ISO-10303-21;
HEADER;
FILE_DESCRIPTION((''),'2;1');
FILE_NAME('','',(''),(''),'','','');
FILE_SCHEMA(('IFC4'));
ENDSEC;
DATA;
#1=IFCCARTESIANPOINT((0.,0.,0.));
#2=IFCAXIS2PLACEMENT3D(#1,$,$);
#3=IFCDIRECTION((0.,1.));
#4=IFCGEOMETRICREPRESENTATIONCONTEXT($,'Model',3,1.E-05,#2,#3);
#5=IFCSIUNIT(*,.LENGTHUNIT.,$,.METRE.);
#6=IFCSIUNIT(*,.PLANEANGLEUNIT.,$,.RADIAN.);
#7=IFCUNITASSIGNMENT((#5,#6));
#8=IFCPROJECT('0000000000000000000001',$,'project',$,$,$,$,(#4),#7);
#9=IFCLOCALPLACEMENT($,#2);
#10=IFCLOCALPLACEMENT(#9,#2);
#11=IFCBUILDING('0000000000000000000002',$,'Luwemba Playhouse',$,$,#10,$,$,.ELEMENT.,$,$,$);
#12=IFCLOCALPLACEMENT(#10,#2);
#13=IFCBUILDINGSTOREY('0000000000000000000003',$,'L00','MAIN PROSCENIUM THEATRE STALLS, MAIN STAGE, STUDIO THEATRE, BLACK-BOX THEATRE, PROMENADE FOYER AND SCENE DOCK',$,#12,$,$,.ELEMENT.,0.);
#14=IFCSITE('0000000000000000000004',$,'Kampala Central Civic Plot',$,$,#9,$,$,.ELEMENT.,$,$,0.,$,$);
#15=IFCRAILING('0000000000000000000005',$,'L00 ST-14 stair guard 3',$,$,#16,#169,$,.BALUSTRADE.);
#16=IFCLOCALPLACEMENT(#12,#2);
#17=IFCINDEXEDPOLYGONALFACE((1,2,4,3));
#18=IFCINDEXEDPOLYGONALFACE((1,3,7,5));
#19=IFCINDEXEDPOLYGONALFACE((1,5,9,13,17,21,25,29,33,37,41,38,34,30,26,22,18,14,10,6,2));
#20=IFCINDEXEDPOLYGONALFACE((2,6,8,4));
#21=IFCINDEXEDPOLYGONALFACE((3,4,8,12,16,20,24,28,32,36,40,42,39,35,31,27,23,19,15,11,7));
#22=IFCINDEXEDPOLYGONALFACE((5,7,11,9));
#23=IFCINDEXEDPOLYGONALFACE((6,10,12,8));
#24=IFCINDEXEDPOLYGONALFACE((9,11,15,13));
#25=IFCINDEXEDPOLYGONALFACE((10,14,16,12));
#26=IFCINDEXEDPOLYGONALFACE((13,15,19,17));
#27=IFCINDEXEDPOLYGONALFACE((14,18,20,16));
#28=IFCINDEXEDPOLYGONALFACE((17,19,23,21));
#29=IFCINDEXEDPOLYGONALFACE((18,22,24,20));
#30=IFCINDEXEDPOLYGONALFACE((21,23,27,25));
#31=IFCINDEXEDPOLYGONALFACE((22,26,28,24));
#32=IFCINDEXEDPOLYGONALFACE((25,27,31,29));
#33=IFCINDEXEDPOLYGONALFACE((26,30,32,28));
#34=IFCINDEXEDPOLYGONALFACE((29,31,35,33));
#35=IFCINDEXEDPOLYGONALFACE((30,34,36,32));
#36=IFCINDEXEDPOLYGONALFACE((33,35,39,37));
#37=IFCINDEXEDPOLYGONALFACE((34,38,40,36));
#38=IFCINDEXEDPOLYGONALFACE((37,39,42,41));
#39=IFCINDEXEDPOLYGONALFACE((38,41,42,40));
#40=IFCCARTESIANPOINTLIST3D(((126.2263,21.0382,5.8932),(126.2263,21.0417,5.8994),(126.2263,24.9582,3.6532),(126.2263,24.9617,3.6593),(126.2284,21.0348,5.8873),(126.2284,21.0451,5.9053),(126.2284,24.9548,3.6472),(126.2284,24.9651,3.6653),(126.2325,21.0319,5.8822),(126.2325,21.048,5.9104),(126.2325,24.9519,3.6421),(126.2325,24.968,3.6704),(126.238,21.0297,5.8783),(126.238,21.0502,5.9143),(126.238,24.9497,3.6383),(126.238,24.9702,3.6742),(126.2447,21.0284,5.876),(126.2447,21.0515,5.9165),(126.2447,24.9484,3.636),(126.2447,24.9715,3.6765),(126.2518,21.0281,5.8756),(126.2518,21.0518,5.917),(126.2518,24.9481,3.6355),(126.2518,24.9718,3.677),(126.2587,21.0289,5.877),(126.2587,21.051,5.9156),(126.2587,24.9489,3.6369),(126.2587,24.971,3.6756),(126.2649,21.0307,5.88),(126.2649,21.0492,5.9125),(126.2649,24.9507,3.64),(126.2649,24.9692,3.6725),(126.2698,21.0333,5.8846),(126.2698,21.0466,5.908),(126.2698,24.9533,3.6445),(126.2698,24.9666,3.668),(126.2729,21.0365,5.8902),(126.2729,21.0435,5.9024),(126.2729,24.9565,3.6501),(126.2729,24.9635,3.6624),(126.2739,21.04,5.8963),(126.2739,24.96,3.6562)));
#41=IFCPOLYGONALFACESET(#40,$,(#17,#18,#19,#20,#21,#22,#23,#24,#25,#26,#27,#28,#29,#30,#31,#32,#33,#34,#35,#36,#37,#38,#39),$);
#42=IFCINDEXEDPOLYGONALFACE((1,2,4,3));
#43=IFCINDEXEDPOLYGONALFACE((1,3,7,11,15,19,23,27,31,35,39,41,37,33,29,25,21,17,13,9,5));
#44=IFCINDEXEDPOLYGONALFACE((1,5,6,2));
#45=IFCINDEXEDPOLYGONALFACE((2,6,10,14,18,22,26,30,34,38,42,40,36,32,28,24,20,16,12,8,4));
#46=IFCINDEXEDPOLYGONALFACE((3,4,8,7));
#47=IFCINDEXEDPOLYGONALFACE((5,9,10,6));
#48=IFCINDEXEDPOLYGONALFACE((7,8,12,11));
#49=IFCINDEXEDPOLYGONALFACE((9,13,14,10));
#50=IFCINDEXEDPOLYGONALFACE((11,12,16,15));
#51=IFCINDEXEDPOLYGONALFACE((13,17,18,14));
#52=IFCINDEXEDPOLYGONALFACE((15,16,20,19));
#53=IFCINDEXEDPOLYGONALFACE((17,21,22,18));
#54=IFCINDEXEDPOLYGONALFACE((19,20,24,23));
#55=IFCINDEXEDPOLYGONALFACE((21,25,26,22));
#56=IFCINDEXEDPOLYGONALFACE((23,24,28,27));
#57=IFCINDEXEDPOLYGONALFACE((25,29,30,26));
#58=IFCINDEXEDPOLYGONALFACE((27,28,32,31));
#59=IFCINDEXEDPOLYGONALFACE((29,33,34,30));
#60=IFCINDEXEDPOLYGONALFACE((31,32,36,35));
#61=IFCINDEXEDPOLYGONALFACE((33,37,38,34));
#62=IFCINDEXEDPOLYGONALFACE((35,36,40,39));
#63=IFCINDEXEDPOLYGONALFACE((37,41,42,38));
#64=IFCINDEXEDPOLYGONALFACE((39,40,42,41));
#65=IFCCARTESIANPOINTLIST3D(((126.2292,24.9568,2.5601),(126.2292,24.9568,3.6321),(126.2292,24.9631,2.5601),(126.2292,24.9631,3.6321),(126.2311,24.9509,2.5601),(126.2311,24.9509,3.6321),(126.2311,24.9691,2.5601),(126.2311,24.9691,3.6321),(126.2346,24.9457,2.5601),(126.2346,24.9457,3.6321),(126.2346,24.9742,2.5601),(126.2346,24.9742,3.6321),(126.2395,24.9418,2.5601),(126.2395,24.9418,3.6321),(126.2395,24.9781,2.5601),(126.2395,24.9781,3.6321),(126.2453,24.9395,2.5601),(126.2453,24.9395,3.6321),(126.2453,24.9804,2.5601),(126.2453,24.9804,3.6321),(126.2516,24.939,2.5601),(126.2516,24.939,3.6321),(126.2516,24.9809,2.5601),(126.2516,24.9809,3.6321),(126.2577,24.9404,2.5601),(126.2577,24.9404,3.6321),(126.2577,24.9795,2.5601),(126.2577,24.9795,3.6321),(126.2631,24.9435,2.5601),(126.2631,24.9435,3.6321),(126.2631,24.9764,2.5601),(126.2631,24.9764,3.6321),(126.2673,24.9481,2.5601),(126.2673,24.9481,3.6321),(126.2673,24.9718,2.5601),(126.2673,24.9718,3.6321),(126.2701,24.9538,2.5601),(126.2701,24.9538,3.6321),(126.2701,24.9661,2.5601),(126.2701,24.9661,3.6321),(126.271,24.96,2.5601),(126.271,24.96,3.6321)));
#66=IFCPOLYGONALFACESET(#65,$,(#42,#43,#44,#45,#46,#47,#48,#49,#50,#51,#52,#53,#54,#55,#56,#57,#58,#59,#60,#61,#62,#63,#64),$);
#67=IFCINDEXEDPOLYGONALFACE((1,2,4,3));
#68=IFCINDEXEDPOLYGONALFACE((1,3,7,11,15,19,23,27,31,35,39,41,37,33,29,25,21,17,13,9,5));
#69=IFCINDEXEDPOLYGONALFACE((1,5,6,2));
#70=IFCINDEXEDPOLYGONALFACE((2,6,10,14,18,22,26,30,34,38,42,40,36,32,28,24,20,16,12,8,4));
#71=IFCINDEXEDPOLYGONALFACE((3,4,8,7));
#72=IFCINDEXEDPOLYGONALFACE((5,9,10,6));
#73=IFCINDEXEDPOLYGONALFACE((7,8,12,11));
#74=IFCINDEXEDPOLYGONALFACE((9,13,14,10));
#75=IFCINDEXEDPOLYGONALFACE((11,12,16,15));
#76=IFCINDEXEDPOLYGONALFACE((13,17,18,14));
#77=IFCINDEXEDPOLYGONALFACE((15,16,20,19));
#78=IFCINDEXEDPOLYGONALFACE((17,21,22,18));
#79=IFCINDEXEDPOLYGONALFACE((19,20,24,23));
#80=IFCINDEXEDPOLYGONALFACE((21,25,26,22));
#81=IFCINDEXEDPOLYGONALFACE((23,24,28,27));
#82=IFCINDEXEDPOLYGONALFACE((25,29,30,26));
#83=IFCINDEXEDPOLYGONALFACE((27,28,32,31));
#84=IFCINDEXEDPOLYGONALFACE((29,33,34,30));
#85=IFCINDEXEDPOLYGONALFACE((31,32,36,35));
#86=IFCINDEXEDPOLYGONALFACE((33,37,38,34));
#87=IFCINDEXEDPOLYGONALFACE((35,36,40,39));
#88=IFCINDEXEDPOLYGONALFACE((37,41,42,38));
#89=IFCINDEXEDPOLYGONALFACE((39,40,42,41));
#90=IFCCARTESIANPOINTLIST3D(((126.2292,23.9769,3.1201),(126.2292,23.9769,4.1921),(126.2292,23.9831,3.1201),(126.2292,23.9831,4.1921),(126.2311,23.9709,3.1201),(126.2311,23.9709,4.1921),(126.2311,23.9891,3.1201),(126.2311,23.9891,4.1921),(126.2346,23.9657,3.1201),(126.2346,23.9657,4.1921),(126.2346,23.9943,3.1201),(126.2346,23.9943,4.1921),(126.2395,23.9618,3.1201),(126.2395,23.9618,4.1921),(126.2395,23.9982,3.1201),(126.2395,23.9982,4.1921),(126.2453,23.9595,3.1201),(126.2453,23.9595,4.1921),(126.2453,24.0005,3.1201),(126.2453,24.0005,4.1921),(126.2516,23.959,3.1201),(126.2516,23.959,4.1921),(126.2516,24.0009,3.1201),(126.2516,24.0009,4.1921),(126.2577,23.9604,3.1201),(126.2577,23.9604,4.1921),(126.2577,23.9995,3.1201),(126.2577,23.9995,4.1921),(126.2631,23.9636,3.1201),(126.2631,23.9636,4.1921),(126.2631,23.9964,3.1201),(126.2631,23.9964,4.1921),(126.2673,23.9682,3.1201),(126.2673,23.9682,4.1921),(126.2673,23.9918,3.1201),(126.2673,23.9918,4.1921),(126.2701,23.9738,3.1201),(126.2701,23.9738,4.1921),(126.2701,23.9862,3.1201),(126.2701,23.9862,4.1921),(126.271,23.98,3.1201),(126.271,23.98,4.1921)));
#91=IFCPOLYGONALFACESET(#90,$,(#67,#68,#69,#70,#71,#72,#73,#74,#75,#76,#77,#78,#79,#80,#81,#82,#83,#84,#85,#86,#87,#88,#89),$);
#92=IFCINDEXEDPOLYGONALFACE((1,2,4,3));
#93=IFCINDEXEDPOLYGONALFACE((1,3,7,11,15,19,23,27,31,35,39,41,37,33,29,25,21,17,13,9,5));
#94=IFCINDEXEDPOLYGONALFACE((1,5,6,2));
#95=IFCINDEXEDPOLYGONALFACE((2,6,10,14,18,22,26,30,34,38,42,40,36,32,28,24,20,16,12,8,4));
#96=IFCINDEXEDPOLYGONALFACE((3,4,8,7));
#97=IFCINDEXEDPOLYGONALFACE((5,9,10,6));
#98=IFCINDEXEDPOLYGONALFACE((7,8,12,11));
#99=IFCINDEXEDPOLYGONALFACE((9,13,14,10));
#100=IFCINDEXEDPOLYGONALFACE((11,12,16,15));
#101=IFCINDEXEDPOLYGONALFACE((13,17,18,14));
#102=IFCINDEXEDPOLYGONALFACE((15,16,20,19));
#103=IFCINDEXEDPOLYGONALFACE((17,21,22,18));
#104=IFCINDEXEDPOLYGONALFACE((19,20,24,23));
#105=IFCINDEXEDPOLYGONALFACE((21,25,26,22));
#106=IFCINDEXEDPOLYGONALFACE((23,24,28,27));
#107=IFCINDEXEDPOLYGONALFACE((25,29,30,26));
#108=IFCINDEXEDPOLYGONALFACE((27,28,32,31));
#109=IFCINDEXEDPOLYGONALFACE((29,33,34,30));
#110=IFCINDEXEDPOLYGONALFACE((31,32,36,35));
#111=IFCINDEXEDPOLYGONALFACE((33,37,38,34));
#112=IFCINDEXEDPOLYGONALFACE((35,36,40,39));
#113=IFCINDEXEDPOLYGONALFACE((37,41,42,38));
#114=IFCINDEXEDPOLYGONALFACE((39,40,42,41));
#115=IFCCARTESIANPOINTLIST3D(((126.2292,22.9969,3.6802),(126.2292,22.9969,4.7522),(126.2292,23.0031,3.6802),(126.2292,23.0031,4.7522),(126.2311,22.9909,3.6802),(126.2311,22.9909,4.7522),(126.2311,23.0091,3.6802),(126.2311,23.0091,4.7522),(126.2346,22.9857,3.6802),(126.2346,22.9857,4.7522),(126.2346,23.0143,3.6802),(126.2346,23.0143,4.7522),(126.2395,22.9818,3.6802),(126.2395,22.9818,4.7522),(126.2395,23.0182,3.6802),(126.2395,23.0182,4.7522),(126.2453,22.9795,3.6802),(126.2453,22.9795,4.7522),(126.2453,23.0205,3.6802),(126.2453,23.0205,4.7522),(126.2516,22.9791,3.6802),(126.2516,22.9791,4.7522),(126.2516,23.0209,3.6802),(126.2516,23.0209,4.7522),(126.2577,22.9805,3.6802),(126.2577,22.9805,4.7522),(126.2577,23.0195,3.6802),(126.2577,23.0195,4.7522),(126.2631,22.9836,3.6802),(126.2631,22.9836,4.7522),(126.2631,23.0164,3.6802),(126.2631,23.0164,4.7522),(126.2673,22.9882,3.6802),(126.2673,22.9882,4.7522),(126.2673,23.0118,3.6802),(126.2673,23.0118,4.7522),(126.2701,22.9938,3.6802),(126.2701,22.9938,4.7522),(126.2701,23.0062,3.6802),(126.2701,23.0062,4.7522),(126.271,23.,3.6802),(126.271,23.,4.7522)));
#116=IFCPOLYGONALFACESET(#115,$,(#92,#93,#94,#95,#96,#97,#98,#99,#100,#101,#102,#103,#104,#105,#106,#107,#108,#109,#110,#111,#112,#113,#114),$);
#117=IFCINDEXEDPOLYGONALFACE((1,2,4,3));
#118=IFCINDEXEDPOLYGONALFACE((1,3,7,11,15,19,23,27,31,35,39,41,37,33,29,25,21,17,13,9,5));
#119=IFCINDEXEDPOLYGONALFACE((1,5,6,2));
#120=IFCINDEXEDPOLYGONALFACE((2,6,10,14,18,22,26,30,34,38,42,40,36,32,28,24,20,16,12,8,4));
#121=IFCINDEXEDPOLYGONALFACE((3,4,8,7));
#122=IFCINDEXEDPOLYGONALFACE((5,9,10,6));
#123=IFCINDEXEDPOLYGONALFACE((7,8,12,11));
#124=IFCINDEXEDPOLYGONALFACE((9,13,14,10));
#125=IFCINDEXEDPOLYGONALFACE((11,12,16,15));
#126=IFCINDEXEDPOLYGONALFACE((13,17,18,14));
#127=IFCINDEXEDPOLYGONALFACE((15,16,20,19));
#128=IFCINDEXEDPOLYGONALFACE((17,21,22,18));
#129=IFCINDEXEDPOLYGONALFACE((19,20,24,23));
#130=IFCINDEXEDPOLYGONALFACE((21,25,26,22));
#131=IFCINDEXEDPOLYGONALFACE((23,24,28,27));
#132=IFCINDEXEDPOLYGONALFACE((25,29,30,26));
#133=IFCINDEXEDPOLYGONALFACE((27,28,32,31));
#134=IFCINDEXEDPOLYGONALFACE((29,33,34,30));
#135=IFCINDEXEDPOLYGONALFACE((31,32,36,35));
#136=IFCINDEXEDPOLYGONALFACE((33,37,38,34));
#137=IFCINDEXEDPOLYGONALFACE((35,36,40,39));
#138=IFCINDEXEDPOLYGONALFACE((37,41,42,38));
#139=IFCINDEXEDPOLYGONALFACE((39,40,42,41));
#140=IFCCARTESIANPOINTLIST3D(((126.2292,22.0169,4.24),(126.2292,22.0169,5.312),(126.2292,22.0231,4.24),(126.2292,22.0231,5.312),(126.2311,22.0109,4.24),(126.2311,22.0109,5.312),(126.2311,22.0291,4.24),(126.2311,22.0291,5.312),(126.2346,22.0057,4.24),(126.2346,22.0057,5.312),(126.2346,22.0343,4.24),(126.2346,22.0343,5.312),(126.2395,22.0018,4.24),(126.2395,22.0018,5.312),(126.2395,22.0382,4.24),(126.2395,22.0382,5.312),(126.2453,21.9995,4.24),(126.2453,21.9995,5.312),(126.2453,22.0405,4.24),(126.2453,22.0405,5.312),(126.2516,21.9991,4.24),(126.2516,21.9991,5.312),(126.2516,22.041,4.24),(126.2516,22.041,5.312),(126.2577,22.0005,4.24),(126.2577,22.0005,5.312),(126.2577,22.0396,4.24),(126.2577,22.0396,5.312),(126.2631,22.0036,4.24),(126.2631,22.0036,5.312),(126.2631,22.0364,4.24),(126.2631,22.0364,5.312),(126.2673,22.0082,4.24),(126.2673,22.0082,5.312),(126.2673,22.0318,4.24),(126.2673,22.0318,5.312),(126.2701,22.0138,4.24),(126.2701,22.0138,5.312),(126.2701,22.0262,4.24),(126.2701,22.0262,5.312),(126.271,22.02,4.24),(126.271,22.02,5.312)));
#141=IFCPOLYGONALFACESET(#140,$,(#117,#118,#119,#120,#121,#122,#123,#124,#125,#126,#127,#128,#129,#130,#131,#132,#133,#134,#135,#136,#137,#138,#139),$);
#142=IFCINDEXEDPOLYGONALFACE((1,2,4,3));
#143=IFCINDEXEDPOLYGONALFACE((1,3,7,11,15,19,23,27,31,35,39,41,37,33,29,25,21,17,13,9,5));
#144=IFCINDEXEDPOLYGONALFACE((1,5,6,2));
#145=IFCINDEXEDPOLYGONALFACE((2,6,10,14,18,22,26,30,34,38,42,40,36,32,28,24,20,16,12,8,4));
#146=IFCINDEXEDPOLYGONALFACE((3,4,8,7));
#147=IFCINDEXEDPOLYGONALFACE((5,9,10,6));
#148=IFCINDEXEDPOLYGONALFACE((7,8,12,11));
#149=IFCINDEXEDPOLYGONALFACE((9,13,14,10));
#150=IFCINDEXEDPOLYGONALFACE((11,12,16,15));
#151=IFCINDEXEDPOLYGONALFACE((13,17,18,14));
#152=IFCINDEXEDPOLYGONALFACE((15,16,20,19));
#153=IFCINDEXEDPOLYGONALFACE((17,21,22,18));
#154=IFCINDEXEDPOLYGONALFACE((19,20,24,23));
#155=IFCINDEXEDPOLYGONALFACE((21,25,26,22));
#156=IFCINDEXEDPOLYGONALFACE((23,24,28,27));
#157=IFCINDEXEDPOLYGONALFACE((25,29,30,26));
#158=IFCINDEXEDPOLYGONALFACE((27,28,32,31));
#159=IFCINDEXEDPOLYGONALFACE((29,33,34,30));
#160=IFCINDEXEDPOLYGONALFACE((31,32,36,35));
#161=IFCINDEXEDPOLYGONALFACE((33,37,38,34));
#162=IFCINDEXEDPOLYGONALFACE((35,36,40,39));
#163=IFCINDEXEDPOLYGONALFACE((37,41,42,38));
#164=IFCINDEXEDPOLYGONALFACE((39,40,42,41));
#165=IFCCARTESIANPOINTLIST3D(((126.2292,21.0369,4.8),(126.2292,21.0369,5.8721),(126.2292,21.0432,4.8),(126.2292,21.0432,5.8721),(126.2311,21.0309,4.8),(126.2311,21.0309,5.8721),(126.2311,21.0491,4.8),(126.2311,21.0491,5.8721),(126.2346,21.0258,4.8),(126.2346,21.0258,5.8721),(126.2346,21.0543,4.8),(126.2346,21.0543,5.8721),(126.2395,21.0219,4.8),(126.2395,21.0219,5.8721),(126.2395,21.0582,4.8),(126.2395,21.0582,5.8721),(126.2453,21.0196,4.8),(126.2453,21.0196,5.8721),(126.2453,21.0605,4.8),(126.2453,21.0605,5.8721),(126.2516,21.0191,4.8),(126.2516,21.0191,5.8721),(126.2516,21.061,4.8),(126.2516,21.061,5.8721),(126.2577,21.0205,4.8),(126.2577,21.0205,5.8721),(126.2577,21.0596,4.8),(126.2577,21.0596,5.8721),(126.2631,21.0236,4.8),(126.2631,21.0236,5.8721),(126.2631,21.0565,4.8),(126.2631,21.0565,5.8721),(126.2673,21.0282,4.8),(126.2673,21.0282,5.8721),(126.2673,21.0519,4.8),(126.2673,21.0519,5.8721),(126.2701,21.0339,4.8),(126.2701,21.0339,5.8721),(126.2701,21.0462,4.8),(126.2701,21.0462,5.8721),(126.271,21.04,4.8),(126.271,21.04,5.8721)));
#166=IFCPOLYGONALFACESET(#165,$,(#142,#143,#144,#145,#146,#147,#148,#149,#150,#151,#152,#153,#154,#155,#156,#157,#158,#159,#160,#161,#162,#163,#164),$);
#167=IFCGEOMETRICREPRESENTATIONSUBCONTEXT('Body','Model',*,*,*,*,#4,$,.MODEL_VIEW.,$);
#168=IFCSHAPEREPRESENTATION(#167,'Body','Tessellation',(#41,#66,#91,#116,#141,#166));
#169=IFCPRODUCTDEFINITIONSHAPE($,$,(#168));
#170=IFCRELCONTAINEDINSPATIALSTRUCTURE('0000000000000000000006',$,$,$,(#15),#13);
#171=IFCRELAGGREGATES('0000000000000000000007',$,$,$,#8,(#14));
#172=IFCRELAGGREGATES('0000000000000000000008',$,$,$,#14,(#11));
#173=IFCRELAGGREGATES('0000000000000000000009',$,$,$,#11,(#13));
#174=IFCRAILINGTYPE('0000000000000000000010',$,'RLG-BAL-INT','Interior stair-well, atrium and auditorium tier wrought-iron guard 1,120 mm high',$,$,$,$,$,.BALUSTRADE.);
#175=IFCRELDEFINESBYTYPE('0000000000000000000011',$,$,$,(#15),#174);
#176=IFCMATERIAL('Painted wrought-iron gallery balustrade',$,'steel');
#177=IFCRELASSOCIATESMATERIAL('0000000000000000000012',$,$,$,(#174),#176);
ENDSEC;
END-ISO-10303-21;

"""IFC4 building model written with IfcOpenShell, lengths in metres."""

from ifc_helpers import new_model, si_unit, direction, frame, origin, origin_2d, place, context, subcontext, project, spatial, circle, extrude, material, type_object, element, save


model = new_model("IFC4")

# Units and contexts
model_context = context("Model", 3, precision=1e-05, world=origin(), true_north=direction((0.0, 1.0)))
body_context = subcontext(model_context, "Body", "Model", "MODEL_VIEW")
ifc_project = project(units=[si_unit("LENGTHUNIT", "METRE"), si_unit("PLANEANGLEUNIT", "RADIAN")], contexts=[model_context])

# Site, building, storey
site_placement = place(None, origin())
site = spatial("IfcSite", under=ifc_project, at=site_placement, Name="Kampala Central Civic Plot", CompositionType="ELEMENT", RefElevation=0.0)
building_placement = place(site_placement, origin())
building = spatial("IfcBuilding", under=site, at=building_placement, Name="Luwemba Playhouse", CompositionType="ELEMENT")
storey_placement = place(building_placement, origin())
storey = spatial("IfcBuildingStorey", under=building, at=storey_placement, Name="L00", Description="MAIN PROSCENIUM THEATRE STALLS, MAIN STAGE, STUDIO THEATRE, BLACK-BOX THEATRE, PROMENADE FOYER AND SCENE DOCK", CompositionType="ELEMENT", Elevation=0.0)

# Railing
ifc_material_1 = material(Name="Painted wrought-iron gallery balustrade", Category="steel")
railing_type_1 = type_object("IfcRailingType", Name="RLG-BAL-INT", Description="Interior stair-well, atrium and auditorium tier wrought-iron guard 1,120 mm high", PredefinedType="BALUSTRADE", material=ifc_material_1)
railing_1_placement = place(storey_placement, frame((126.25, 24.96, 2.5601)))
element("IfcRailing", 1, at=railing_1_placement, inside=storey, type_object=railing_type_1, Name="L00 ST-14 stair guard 3", PredefinedType="BALUSTRADE", context=body_context, shape_type="SweptSolid", body=[
    extrude(circle(Radius=0.0239, at=origin_2d()), frame((0.0, 0.0, 1.0962), z_axis=(0.0, -0.86824, 0.496145), x_axis=(1.0, 0.0, 0.0)), (0.0, 0.0, 1.0), 4.5149),
    extrude(circle(Radius=0.021, at=origin_2d()), origin(), (0.0, 0.0, 1.0), 1.072),
    extrude(circle(Radius=0.021, at=origin_2d()), frame((0.0, -0.98, 0.5601)), (0.0, 0.0, 1.0), 1.072),
    extrude(circle(Radius=0.021, at=origin_2d()), frame((0.0, -1.96, 1.1201)), (0.0, 0.0, 1.0), 1.072),
    extrude(circle(Radius=0.021, at=origin_2d()), frame((0.0, -2.9399, 1.6799)), (0.0, 0.0, 1.0), 1.072),
    extrude(circle(Radius=0.021, at=origin_2d()), frame((0.0, -3.9199, 2.24)), (0.0, 0.0, 1.0), 1.072),
])

save(model, "model.ifc")
